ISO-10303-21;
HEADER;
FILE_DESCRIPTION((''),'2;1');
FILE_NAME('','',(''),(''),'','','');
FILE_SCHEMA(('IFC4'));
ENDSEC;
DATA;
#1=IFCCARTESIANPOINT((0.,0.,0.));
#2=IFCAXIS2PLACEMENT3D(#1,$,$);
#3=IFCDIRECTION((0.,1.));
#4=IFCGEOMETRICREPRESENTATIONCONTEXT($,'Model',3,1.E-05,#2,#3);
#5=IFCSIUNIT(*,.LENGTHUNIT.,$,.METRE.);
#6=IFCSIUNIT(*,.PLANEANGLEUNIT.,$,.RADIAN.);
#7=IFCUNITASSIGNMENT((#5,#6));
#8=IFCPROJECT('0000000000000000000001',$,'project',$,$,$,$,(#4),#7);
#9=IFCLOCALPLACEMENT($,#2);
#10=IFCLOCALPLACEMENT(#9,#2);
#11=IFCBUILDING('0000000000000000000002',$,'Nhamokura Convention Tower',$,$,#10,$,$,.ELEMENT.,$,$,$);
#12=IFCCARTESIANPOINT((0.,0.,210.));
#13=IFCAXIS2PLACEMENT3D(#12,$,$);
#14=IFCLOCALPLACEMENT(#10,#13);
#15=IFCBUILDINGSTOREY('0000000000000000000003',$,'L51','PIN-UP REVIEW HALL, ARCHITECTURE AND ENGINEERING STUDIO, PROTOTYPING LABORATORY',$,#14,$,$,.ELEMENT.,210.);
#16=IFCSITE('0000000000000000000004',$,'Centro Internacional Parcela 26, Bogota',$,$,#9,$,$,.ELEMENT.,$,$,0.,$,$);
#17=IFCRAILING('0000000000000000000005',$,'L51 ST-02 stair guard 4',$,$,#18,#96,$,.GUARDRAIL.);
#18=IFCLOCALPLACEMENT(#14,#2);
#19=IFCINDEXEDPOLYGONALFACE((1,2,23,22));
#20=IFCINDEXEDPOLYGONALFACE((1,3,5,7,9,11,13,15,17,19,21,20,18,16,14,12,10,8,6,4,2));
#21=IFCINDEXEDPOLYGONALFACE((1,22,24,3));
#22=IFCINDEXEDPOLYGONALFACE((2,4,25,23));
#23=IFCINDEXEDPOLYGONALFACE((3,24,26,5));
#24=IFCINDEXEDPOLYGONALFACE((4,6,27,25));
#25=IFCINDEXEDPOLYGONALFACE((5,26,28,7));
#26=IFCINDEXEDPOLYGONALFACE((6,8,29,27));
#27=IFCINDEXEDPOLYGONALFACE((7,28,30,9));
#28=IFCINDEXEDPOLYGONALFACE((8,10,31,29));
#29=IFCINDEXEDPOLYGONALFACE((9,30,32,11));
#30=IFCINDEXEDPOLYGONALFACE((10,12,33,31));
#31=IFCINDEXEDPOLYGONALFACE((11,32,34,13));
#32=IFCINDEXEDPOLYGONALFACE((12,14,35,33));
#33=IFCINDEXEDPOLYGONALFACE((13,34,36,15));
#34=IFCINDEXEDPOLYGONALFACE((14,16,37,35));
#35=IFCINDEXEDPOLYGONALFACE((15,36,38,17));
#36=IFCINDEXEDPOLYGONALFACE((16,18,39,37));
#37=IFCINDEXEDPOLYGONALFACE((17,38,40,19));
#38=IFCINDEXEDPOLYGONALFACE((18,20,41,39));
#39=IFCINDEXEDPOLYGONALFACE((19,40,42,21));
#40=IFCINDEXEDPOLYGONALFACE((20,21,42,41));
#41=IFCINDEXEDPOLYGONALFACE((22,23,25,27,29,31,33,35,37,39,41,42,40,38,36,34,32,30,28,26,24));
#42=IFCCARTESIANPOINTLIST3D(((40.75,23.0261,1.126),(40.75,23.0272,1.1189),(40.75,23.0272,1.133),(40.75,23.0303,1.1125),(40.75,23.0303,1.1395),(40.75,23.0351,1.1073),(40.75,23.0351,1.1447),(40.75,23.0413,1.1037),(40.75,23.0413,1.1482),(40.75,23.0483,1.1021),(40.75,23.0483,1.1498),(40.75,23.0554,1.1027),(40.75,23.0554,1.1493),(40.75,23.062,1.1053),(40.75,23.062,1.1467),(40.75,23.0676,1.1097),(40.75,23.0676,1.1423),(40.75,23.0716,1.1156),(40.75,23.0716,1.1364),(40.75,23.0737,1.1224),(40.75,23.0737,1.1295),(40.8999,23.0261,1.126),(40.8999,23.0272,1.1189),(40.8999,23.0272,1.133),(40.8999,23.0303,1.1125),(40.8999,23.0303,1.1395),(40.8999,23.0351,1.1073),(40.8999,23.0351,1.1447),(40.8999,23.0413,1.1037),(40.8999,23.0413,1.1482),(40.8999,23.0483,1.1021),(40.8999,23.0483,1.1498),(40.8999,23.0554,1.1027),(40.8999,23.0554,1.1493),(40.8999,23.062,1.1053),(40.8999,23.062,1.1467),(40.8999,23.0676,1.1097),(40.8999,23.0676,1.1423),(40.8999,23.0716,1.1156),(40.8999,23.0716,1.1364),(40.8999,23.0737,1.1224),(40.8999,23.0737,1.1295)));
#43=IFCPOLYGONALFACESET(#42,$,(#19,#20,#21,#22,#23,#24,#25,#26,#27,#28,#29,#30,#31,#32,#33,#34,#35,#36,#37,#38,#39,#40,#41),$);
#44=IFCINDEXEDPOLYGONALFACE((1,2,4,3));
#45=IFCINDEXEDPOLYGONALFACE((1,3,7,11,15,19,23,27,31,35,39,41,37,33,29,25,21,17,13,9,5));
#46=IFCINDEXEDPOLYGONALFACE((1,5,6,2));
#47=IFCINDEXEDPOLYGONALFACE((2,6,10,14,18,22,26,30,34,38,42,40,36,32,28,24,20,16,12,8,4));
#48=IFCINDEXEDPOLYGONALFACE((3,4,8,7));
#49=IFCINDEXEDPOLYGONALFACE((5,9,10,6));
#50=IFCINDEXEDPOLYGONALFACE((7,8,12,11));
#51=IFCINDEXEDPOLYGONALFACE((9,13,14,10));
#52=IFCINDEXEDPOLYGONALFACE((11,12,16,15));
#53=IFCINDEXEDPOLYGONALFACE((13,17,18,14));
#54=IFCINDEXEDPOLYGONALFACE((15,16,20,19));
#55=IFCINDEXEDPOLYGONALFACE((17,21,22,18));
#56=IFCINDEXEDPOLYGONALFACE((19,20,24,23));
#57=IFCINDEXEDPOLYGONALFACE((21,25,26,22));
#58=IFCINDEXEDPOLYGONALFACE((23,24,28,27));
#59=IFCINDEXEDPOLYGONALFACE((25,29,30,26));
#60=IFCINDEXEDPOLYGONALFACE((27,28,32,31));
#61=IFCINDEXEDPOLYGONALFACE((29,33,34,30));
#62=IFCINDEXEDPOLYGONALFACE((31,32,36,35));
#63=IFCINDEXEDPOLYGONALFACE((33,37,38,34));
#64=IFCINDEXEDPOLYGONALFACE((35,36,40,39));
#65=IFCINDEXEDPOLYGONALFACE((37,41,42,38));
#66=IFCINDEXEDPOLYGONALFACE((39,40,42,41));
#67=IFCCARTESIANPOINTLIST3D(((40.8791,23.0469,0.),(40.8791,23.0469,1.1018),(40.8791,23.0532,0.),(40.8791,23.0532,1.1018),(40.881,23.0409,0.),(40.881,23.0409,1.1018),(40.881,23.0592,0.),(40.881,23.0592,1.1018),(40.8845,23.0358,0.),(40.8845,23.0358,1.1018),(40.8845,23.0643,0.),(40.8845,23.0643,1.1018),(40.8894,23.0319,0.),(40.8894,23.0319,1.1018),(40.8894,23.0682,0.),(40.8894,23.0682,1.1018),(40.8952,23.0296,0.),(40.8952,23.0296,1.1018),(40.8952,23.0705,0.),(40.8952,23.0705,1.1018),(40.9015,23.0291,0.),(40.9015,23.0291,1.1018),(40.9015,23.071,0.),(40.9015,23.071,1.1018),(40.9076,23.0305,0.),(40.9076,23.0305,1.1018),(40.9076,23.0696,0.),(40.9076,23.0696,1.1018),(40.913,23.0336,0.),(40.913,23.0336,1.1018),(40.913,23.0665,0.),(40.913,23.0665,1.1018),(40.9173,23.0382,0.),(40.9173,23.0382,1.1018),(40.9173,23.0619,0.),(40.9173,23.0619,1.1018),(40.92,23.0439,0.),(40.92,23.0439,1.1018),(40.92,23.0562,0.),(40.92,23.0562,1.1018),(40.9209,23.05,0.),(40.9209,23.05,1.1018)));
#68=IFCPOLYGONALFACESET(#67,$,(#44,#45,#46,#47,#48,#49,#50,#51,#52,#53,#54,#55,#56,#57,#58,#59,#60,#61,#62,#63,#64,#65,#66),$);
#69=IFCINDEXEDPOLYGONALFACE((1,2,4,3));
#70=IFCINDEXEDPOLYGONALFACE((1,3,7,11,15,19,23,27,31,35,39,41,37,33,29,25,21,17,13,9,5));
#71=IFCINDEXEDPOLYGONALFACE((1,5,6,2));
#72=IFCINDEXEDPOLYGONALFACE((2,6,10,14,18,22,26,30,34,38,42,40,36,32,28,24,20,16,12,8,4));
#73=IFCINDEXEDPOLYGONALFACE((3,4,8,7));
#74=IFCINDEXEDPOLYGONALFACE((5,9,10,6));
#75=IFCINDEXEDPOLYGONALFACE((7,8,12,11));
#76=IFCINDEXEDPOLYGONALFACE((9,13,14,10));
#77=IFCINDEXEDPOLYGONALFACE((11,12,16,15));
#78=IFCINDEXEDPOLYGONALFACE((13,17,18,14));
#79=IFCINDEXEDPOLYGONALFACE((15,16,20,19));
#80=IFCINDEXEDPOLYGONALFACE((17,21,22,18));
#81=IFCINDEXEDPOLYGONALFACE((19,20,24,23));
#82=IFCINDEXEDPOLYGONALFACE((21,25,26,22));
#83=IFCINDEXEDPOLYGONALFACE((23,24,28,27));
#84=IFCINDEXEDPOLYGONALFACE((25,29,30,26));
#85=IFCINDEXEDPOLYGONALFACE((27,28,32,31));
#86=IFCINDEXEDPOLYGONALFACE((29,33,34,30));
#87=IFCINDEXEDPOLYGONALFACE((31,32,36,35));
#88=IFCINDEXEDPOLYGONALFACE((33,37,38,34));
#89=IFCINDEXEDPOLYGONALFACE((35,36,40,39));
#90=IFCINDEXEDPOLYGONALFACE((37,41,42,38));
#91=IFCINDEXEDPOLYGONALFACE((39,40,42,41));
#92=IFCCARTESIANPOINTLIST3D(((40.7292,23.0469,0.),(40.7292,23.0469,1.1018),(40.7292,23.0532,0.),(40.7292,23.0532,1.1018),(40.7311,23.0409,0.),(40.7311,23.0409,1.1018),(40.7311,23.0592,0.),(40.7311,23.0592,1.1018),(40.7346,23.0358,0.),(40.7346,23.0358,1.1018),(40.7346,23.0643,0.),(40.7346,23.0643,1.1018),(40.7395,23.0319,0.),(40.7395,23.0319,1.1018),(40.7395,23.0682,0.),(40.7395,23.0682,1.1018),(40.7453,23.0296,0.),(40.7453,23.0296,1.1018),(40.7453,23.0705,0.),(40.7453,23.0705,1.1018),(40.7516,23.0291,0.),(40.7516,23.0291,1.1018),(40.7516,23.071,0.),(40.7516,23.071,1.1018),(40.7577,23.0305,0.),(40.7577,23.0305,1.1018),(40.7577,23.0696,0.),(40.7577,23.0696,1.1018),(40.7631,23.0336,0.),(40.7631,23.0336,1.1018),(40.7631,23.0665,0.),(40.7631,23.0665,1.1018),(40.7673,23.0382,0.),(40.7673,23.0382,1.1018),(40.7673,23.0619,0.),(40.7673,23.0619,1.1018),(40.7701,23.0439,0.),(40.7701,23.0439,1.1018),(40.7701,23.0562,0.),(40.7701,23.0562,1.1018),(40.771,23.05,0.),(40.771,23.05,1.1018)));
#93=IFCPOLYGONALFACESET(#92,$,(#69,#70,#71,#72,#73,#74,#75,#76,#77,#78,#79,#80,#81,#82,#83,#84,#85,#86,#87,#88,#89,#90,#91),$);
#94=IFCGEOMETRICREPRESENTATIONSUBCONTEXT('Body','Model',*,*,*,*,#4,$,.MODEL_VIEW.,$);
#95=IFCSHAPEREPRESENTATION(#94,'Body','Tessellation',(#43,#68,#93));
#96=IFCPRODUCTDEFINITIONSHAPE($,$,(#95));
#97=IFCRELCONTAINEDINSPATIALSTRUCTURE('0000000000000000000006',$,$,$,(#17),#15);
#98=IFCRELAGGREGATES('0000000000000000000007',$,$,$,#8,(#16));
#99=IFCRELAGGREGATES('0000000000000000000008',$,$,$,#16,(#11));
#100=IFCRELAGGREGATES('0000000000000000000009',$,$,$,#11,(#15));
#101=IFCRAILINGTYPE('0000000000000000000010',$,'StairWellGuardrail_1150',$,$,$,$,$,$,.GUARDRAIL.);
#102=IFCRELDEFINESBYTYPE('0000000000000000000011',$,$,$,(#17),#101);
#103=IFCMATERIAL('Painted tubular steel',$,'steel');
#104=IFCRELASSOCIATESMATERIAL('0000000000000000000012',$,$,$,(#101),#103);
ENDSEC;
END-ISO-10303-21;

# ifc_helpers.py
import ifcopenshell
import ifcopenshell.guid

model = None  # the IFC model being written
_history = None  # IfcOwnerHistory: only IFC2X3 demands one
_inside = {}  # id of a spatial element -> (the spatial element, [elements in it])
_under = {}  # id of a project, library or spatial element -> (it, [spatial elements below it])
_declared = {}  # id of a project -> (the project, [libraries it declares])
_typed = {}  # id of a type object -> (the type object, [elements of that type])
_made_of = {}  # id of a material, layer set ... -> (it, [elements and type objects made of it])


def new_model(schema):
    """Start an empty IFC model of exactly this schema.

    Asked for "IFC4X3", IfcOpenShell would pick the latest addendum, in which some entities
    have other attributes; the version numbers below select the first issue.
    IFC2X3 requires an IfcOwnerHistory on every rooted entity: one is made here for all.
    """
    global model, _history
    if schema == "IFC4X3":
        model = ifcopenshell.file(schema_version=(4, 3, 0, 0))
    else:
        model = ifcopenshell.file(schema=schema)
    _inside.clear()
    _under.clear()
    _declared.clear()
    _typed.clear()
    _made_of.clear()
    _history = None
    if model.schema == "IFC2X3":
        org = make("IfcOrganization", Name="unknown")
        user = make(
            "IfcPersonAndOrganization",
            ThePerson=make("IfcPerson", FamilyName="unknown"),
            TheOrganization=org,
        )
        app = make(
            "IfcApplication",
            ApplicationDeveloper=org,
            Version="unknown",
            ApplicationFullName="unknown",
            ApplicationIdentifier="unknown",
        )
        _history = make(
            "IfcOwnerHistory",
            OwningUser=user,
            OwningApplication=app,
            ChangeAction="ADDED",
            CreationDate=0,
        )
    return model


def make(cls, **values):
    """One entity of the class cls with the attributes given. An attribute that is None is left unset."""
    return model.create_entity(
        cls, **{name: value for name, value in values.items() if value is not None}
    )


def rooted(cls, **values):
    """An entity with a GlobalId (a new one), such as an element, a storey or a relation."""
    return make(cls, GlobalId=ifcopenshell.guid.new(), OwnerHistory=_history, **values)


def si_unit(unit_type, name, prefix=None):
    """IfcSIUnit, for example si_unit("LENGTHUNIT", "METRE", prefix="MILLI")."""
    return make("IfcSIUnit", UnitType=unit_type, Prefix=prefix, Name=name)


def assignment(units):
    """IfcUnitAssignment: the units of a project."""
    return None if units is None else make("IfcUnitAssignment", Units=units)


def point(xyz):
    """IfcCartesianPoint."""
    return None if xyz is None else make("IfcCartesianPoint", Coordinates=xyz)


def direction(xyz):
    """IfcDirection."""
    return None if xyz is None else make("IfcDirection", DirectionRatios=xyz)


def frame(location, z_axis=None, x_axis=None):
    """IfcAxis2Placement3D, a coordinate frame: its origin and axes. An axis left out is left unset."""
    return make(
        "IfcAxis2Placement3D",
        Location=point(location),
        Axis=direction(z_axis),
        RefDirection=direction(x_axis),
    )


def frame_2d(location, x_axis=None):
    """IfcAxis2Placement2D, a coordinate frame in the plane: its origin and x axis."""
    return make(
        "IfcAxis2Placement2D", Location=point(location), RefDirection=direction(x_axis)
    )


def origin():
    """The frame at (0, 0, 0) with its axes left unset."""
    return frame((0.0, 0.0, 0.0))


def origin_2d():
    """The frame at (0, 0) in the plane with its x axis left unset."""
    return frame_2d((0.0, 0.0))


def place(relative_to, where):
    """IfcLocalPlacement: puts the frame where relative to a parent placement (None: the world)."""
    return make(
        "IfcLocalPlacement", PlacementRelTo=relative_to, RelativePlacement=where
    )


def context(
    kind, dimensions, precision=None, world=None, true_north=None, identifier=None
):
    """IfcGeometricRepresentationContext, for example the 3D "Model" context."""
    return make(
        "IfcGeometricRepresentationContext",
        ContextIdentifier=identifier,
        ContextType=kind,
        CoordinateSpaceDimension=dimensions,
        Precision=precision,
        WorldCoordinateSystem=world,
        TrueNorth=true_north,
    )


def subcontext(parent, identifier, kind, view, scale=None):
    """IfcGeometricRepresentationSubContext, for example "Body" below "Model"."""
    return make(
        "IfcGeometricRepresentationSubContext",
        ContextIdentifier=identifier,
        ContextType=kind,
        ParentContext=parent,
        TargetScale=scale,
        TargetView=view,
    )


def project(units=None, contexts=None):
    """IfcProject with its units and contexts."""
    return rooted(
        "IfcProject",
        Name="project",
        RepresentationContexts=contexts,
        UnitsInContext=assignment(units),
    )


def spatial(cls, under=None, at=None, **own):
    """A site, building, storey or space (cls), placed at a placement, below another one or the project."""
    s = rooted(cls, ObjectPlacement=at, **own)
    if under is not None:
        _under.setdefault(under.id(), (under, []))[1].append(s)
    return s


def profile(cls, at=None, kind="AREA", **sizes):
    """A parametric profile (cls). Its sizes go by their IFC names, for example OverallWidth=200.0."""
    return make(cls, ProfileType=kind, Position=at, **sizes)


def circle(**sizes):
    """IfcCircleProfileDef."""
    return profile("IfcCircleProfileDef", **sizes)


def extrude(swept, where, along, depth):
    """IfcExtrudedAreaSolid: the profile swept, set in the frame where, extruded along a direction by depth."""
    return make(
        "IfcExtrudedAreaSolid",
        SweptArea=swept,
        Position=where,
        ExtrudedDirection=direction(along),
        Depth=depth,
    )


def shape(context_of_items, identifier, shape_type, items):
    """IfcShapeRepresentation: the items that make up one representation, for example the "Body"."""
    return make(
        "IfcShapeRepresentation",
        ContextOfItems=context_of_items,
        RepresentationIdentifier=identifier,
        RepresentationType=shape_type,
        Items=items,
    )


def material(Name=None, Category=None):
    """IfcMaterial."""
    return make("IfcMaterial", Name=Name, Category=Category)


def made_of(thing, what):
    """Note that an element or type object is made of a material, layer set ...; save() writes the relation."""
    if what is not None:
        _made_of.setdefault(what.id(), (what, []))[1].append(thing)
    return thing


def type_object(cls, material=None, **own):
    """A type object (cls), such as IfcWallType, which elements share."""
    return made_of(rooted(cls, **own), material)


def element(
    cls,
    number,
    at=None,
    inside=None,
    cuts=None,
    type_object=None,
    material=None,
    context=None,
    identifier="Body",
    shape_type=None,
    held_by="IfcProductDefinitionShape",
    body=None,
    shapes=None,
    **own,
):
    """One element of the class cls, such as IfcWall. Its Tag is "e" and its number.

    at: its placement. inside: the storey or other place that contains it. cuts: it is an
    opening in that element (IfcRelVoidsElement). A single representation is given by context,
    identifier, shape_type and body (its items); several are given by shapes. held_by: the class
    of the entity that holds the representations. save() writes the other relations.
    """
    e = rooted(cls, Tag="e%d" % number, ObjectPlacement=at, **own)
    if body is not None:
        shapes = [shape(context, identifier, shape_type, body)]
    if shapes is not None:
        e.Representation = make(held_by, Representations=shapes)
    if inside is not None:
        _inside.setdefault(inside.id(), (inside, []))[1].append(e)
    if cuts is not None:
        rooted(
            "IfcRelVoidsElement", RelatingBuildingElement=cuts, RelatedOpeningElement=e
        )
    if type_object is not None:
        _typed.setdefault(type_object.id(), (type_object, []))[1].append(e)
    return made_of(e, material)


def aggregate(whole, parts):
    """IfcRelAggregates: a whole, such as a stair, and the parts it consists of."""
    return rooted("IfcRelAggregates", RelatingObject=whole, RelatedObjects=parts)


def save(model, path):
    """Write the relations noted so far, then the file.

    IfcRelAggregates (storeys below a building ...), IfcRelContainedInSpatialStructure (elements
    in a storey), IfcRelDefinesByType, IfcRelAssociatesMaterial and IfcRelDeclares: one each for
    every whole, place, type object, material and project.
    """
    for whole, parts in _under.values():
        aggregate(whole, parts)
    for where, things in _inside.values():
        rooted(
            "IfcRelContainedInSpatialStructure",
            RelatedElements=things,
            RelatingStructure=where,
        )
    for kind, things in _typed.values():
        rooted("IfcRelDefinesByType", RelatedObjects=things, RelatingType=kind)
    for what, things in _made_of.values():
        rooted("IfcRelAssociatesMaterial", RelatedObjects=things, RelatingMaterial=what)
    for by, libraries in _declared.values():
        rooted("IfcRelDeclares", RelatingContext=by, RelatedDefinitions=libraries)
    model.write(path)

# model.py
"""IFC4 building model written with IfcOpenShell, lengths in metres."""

from ifc_helpers import new_model, si_unit, direction, frame, origin, origin_2d, place, context, subcontext, project, spatial, circle, extrude, material, type_object, element, save


model = new_model("IFC4")

# Units and contexts
model_context = context("Model", 3, precision=1e-05, world=origin(), true_north=direction((0.0, 1.0)))
body_context = subcontext(model_context, "Body", "Model", "MODEL_VIEW")
ifc_project = project(units=[si_unit("LENGTHUNIT", "METRE"), si_unit("PLANEANGLEUNIT", "RADIAN")], contexts=[model_context])

# Site, building, storey
site_placement = place(None, origin())
site = spatial("IfcSite", under=ifc_project, at=site_placement, Name="Centro Internacional Parcela 26, Bogota", CompositionType="ELEMENT", RefElevation=0.0)
building_placement = place(site_placement, origin())
building = spatial("IfcBuilding", under=site, at=building_placement, Name="Nhamokura Convention Tower", CompositionType="ELEMENT")
storey_placement = place(building_placement, frame((0.0, 0.0, 210.0)))
storey = spatial("IfcBuildingStorey", under=building, at=storey_placement, Name="L51", Description="PIN-UP REVIEW HALL, ARCHITECTURE AND ENGINEERING STUDIO, PROTOTYPING LABORATORY", CompositionType="ELEMENT", Elevation=210.0)

# Railing
ifc_material_1 = material(Name="Painted tubular steel", Category="steel")
railing_type_1 = type_object("IfcRailingType", Name="StairWellGuardrail_1150", PredefinedType="GUARDRAIL", material=ifc_material_1)
railing_1_placement = place(storey_placement, frame((40.8999, 23.05, 0.0)))
element("IfcRailing", 1, at=railing_1_placement, inside=storey, type_object=railing_type_1, Name="L51 ST-02 stair guard 4", PredefinedType="GUARDRAIL", context=body_context, shape_type="SweptSolid", body=[
    extrude(circle(Radius=0.0239, at=origin_2d()), frame((0.0, 0.0, 1.126), z_axis=(-1.0, 0.0, 0.0), x_axis=(0.0, -1.0, 0.0)), (0.0, 0.0, 1.0), 0.1499),
    extrude(circle(Radius=0.021, at=origin_2d()), origin(), (0.0, 0.0, 1.0), 1.1018),
    extrude(circle(Radius=0.021, at=origin_2d()), frame((-0.1499, 0.0, 0.0)), (0.0, 0.0, 1.0), 1.1018),
])

save(model, "model.ifc")
